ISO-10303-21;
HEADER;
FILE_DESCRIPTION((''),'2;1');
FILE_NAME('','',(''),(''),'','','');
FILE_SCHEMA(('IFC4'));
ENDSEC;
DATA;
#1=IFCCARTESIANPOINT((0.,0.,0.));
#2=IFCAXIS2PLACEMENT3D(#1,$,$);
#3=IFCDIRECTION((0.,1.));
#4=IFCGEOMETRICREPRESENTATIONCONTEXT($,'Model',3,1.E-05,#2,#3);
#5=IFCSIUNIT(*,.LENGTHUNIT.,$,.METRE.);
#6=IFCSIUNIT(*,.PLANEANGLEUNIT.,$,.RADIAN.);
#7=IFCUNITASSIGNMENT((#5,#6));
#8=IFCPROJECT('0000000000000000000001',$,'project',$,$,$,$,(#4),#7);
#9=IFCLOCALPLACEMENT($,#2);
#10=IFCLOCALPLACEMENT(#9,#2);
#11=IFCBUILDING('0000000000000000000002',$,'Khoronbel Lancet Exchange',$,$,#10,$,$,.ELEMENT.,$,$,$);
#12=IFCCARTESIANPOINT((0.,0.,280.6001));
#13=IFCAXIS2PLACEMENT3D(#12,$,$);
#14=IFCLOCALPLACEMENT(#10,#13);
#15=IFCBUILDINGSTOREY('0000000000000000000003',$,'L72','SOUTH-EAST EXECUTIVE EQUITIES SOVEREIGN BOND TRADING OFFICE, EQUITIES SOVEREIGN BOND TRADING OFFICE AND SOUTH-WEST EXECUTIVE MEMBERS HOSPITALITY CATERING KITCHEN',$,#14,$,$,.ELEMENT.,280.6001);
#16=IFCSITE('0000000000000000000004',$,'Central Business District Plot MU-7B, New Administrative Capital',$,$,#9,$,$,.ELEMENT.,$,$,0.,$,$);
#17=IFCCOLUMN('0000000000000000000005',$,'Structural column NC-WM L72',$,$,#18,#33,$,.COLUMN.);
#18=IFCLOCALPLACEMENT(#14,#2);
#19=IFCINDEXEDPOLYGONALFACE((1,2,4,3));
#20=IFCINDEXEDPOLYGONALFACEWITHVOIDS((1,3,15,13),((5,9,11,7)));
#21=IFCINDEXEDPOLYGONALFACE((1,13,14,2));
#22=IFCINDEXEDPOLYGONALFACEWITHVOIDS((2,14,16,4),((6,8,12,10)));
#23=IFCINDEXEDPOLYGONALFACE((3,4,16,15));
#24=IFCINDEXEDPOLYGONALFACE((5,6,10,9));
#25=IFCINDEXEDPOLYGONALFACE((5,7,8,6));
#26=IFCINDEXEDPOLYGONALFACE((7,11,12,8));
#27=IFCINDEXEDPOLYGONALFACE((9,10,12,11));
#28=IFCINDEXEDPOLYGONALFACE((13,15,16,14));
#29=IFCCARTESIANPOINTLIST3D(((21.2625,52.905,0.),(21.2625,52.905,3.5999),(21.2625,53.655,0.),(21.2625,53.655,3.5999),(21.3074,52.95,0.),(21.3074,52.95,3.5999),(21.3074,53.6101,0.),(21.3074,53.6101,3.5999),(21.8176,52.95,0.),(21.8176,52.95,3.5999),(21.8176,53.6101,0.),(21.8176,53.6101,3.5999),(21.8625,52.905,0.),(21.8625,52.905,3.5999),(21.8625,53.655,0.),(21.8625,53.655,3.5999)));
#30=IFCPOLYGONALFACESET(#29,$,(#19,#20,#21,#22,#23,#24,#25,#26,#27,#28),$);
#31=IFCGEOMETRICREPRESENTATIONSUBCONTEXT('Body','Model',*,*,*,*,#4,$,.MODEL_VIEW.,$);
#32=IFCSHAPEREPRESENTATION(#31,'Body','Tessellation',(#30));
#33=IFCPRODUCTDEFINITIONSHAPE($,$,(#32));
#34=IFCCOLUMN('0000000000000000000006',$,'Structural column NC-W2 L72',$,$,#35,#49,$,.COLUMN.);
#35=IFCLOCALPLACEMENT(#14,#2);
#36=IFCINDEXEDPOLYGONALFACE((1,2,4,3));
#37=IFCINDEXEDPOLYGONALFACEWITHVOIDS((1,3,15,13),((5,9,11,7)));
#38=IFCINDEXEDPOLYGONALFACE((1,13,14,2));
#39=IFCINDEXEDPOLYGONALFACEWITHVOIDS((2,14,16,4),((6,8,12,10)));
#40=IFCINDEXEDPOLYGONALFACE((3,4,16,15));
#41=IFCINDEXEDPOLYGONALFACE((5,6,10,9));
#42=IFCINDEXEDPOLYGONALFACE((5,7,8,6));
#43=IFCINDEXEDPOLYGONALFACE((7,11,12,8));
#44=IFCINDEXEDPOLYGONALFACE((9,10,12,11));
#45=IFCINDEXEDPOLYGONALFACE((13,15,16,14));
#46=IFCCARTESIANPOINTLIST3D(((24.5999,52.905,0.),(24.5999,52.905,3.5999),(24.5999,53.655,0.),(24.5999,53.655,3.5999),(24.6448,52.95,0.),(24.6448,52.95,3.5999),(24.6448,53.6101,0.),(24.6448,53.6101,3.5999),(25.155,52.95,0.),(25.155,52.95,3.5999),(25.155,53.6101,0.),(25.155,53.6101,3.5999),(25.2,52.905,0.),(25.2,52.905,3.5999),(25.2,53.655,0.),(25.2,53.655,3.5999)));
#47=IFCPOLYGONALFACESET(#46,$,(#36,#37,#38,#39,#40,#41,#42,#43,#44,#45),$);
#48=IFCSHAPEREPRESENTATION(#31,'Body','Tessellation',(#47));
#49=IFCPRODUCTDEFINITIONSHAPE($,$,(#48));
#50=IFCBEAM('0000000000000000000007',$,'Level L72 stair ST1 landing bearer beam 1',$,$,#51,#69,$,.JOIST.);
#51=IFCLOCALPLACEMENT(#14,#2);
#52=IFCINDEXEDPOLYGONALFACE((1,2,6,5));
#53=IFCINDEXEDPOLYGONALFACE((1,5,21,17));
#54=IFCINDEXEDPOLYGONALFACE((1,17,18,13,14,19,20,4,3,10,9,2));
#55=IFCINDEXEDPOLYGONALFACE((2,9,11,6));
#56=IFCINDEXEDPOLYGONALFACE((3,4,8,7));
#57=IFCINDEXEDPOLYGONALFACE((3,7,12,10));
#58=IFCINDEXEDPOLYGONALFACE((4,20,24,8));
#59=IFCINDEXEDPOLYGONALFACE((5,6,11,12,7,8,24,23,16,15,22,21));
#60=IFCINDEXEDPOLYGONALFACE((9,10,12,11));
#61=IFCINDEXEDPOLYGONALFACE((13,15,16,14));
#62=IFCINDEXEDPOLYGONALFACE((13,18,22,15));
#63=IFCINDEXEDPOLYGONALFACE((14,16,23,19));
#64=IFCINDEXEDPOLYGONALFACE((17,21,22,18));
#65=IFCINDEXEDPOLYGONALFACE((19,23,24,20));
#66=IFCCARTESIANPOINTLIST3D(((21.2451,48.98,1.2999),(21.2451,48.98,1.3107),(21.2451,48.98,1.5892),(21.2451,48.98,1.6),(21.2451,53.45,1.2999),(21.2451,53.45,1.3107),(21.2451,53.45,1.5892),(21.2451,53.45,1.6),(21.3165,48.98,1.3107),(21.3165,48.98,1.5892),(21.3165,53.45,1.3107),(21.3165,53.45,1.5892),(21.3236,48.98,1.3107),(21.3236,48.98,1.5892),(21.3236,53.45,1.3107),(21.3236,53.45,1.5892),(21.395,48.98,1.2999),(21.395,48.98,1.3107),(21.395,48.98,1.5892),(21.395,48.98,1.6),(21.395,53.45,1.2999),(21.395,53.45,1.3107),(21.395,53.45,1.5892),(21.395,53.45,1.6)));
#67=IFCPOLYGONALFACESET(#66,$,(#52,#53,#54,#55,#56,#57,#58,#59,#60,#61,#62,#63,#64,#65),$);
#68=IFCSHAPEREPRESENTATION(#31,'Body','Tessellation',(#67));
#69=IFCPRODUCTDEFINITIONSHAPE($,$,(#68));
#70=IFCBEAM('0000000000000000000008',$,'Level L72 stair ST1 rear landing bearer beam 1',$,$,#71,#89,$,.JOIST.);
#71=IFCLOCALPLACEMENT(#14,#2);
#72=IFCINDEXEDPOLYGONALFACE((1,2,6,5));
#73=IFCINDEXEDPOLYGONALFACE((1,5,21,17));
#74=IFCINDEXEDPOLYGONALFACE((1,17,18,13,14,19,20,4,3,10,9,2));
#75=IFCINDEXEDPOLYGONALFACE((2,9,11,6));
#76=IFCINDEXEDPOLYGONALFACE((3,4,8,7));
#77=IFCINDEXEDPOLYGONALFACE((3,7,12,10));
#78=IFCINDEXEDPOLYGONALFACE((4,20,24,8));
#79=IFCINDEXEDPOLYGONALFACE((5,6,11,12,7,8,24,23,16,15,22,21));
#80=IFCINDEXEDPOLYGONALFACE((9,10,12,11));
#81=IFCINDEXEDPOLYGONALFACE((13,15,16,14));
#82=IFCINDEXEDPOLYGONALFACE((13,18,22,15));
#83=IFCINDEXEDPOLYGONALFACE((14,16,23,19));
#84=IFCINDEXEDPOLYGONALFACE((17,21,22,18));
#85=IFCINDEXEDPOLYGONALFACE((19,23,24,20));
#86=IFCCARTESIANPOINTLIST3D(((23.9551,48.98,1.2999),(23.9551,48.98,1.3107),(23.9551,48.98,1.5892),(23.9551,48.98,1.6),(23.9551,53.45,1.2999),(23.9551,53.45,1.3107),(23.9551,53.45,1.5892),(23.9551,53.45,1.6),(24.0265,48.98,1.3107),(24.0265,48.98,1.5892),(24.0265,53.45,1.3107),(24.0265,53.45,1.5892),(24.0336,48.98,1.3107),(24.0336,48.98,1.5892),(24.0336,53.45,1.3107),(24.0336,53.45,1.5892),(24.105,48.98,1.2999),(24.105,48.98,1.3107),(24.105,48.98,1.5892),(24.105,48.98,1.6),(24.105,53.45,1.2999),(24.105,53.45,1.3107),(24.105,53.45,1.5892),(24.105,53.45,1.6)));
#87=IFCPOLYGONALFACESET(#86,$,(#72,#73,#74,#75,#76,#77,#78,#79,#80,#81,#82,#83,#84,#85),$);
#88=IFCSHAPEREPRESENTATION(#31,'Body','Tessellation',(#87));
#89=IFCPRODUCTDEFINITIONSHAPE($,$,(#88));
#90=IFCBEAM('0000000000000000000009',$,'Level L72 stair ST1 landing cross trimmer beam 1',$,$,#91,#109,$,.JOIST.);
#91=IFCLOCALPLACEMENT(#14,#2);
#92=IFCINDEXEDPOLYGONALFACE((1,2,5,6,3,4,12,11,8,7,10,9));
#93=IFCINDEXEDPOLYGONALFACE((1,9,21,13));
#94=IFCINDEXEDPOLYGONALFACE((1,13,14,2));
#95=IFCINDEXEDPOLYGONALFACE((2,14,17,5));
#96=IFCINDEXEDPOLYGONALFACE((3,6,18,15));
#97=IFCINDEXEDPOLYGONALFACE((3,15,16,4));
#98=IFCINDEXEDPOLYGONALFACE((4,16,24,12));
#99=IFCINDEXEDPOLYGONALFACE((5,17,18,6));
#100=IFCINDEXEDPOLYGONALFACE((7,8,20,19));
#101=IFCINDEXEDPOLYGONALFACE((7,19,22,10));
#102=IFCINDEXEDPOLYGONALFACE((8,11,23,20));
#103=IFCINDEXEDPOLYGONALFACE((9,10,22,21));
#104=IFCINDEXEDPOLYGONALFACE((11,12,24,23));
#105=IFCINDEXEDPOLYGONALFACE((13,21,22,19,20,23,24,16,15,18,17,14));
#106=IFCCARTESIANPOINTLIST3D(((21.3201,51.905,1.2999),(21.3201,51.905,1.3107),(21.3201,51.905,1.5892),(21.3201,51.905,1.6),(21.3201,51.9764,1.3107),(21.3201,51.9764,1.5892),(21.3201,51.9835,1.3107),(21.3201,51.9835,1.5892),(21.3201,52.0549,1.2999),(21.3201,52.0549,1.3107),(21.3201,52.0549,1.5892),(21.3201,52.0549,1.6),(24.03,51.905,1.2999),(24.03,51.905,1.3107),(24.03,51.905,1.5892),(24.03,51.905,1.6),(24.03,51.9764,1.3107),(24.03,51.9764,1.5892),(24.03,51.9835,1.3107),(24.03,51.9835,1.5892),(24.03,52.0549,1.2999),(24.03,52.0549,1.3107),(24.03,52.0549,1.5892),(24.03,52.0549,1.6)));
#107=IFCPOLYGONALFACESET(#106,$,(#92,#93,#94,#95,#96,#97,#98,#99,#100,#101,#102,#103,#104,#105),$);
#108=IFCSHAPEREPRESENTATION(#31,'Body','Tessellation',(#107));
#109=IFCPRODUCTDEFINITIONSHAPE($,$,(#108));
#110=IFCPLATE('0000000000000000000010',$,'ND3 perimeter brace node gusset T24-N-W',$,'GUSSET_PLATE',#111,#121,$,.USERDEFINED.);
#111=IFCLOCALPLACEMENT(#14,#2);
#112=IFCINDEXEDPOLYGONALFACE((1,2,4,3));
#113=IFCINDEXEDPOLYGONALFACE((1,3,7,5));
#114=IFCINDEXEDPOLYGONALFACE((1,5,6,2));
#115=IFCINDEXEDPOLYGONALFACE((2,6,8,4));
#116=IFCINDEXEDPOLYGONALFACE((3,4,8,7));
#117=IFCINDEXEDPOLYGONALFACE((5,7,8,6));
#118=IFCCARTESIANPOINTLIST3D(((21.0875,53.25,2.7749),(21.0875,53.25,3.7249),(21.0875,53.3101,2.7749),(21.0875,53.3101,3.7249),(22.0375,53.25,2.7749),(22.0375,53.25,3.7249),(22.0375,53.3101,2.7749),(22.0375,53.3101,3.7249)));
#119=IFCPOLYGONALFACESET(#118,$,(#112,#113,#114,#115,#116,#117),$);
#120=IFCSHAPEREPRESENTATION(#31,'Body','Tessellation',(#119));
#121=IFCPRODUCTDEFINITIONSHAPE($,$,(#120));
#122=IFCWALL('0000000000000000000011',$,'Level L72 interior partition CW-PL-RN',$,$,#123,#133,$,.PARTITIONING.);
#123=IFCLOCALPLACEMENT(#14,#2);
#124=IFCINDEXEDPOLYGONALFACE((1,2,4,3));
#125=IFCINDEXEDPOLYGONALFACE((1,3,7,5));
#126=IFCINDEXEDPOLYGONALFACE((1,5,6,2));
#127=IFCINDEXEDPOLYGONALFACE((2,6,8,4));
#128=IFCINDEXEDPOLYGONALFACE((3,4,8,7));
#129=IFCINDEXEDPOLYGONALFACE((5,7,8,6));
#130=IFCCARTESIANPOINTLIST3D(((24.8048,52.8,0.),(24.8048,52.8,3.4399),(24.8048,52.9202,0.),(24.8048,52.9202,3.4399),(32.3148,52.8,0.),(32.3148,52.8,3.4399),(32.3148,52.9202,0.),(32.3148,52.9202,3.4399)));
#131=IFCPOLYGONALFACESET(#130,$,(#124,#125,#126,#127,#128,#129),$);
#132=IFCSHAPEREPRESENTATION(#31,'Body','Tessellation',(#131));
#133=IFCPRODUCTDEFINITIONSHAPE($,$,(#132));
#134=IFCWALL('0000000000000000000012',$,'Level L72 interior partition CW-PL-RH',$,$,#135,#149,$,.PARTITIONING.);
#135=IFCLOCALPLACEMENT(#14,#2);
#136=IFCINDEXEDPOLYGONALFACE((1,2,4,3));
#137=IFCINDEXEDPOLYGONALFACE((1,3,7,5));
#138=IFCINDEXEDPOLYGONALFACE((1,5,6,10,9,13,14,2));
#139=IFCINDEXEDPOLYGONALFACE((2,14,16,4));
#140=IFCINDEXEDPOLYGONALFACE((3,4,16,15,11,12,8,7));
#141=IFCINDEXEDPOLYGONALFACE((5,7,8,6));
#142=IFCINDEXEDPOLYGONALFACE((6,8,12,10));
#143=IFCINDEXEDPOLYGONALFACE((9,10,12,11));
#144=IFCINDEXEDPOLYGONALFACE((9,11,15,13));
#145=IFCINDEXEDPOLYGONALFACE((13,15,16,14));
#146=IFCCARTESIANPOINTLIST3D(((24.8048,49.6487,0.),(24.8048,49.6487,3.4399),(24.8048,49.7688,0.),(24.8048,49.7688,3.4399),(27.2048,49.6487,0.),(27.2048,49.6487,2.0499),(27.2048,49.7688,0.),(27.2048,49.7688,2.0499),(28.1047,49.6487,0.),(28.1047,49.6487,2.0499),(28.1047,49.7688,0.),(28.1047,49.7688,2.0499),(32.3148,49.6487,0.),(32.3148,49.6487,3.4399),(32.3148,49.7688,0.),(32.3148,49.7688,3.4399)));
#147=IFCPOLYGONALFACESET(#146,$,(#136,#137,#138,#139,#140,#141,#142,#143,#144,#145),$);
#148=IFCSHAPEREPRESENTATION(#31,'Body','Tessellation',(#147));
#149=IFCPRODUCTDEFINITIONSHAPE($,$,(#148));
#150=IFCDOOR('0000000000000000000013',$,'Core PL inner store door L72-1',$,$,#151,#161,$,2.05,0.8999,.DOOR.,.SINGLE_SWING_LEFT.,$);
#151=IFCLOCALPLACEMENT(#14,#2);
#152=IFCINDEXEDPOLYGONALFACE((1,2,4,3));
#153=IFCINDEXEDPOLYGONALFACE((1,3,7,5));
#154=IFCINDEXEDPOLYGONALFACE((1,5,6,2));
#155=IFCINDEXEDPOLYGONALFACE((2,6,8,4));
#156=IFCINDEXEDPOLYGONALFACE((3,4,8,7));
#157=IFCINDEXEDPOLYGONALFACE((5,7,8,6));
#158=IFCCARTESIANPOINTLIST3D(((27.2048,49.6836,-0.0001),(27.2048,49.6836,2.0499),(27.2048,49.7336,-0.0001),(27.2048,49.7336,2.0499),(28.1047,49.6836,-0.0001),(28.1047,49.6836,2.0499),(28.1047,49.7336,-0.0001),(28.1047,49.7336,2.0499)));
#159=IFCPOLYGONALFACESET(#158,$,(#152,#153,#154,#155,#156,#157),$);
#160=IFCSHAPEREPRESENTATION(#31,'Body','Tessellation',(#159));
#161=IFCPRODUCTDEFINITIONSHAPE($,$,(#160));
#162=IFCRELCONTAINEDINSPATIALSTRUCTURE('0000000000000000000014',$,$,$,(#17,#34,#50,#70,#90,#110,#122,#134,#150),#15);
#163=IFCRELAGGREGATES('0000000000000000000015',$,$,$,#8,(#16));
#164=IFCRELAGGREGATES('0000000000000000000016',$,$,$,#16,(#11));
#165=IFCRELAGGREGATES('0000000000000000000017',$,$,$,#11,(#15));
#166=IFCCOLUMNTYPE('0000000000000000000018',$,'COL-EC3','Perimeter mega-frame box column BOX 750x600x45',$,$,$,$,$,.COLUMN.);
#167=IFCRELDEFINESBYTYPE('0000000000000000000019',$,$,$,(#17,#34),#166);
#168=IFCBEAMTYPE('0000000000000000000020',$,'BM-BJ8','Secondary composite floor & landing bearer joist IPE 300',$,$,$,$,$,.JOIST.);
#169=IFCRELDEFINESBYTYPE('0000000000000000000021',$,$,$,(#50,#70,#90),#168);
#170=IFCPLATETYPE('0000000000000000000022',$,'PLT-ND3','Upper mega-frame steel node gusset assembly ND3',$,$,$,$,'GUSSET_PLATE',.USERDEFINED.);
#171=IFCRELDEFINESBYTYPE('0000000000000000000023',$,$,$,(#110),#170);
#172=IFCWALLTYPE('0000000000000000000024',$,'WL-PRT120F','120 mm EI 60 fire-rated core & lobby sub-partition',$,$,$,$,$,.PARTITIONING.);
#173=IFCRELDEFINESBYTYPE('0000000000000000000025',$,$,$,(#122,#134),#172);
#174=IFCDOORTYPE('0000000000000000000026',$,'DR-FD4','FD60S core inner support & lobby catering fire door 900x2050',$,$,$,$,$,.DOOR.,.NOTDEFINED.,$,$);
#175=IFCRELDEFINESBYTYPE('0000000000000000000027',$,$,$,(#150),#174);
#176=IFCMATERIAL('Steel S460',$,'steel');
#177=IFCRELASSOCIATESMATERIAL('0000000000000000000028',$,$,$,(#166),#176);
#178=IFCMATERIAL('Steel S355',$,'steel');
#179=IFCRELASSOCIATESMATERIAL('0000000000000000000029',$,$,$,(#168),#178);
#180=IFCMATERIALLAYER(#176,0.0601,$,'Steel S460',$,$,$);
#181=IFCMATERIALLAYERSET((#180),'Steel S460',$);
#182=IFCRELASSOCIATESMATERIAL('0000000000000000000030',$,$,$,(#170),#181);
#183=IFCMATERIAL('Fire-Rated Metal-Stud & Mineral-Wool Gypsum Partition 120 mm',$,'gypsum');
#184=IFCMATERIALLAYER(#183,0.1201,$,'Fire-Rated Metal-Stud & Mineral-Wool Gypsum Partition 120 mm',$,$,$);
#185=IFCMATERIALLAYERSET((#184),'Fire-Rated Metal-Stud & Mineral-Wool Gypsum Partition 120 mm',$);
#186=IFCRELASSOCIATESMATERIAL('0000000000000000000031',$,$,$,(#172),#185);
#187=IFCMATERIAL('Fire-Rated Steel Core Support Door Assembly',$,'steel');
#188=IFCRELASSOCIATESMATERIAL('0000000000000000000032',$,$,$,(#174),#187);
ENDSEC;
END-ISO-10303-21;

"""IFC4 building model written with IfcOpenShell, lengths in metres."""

from ifc_helpers import new_model, si_unit, direction, frame, frame_2d, origin, origin_2d, place, context, subcontext, project, spatial, rectangle, hollow_rectangle, i_section, extrude, material, layer, layer_set, material_profile, profile_set, type_object, element, fill, save


model = new_model("IFC4")

# Units and contexts
model_context = context("Model", 3, precision=1e-05, world=origin(), true_north=direction((0.0, 1.0)))
body_context = subcontext(model_context, "Body", "Model", "MODEL_VIEW")
ifc_project = project(units=[si_unit("LENGTHUNIT", "METRE"), si_unit("PLANEANGLEUNIT", "RADIAN")], contexts=[model_context])

# Site, building, storey
site_placement = place(None, origin())
site = spatial("IfcSite", under=ifc_project, at=site_placement, Name="Central Business District Plot MU-7B, New Administrative Capital", CompositionType="ELEMENT", RefElevation=0.0)
building_placement = place(site_placement, origin())
building = spatial("IfcBuilding", under=site, at=building_placement, Name="Khoronbel Lancet Exchange", CompositionType="ELEMENT")
storey_placement = place(building_placement, frame((0.0, 0.0, 280.6001)))
storey = spatial("IfcBuildingStorey", under=building, at=storey_placement, Name="L72", Description="SOUTH-EAST EXECUTIVE EQUITIES SOVEREIGN BOND TRADING OFFICE, EQUITIES SOVEREIGN BOND TRADING OFFICE AND SOUTH-WEST EXECUTIVE MEMBERS HOSPITALITY CATERING KITCHEN", CompositionType="ELEMENT", Elevation=280.6001)

# Columns
ifc_material_1 = material(Name="Steel S460", Category="steel")
ifc_material_profile_1 = material_profile(ifc_material_1, hollow_rectangle(XDim=0.6001, YDim=0.75, WallThickness=0.0449, at=origin_2d()), Name="BOX 750x600x45")
ifc_profile_set_1 = profile_set([ifc_material_profile_1], Name="Steel S460")
column_type = type_object("IfcColumnType", Name="COL-EC3", Description="Perimeter mega-frame box column BOX 750x600x45", PredefinedType="COLUMN", material=ifc_profile_set_1)
for number, where, z_axis, x_axis, name in (
    (1, (21.5625, 53.28, 0.0), (0.0, 0.0, 1.0), (1.0, 0.0, 0.0), "Structural column NC-WM L72"),
    (2, (24.8999, 53.28, 0.0), (0.0, 0.0, 1.0), (1.0, 0.0, 0.0), "Structural column NC-W2 L72"),
):
    element("IfcColumn", number, at=place(storey_placement, frame(where, z_axis=z_axis, x_axis=x_axis)), inside=storey, type_object=column_type, Name=name, PredefinedType="COLUMN", context=body_context, shape_type="SweptSolid", body=[
        extrude(hollow_rectangle(XDim=0.6001, YDim=0.75, WallThickness=0.0449, at=origin_2d()), origin(), (0.0, 0.0, 1.0), 3.5999),
    ])

# Beams
ifc_material_2 = material(Name="Steel S355", Category="steel")
ifc_material_profile_2 = material_profile(ifc_material_2, i_section(OverallWidth=0.1499, OverallDepth=0.3, WebThickness=0.0071, FlangeThickness=0.0107, at=origin_2d()), Name="IPE 300")
ifc_profile_set_2 = profile_set([ifc_material_profile_2], Name="Steel S355")
beam_type = type_object("IfcBeamType", Name="BM-BJ8", Description="Secondary composite floor & landing bearer joist IPE 300", PredefinedType="JOIST", material=ifc_profile_set_2)
for number, where, z_axis, x_axis, name in (
    (3, (21.3201, 48.98, 1.45), (0.0, 1.0, 0.0), (-1.0, 0.0, 0.0), "Level L72 stair ST1 landing bearer beam 1"),
    (4, (24.03, 48.98, 1.45), (0.0, 1.0, 0.0), (-1.0, 0.0, 0.0), "Level L72 stair ST1 rear landing bearer beam 1"),
):
    element("IfcBeam", number, at=place(storey_placement, frame(where, z_axis=z_axis, x_axis=x_axis)), inside=storey, type_object=beam_type, Name=name, PredefinedType="JOIST", context=body_context, shape_type="SweptSolid", body=[
        extrude(i_section(OverallWidth=0.1499, OverallDepth=0.3, WebThickness=0.0071, FlangeThickness=0.0107, at=origin_2d()), origin(), (0.0, 0.0, 1.0), 4.47),
    ])
beam_placement = place(storey_placement, frame((21.3201, 51.98, 1.45), z_axis=(1.0, 0.0, 0.0), x_axis=(0.0, 1.0, 0.0)))
element("IfcBeam", 5, at=beam_placement, inside=storey, type_object=beam_type, Name="Level L72 stair ST1 landing cross trimmer beam 1", PredefinedType="JOIST", context=body_context, shape_type="SweptSolid", body=[
    extrude(i_section(OverallWidth=0.1499, OverallDepth=0.3, WebThickness=0.0071, FlangeThickness=0.0107, at=origin_2d()), origin(), (0.0, 0.0, 1.0), 2.71),
])

# Plate
ifc_layer_1 = layer(ifc_material_1, 0.0601, Name="Steel S460")
ifc_layer_set_1 = layer_set([ifc_layer_1], Name="Steel S460")
plate_type = type_object("IfcPlateType", Name="PLT-ND3", Description="Upper mega-frame steel node gusset assembly ND3", ElementType="GUSSET_PLATE", PredefinedType="USERDEFINED", material=ifc_layer_set_1)
plate_placement = place(storey_placement, frame((21.5625, 53.28, 2.7749), z_axis=(0.0, 0.0, 1.0), x_axis=(1.0, 0.0, 0.0)))
element("IfcPlate", 6, at=plate_placement, inside=storey, type_object=plate_type, Name="ND3 perimeter brace node gusset T24-N-W", ObjectType="GUSSET_PLATE", PredefinedType="USERDEFINED", context=body_context, shape_type="SweptSolid", body=[
    extrude(rectangle(XDim=0.95, YDim=0.0601, at=origin_2d()), origin(), (0.0, 0.0, 1.0), 0.95),
])

# Wall
ifc_material_3 = material(Name="Fire-Rated Metal-Stud & Mineral-Wool Gypsum Partition 120 mm", Category="gypsum")
ifc_layer_2 = layer(ifc_material_3, 0.1201, Name="Fire-Rated Metal-Stud & Mineral-Wool Gypsum Partition 120 mm")
ifc_layer_set_2 = layer_set([ifc_layer_2], Name="Fire-Rated Metal-Stud & Mineral-Wool Gypsum Partition 120 mm")
wall_type_1 = type_object("IfcWallType", Name="WL-PRT120F", Description="120 mm EI 60 fire-rated core & lobby sub-partition", PredefinedType="PARTITIONING", material=ifc_layer_set_2)
wall_1_placement = place(storey_placement, frame((24.8049, 52.8601, 0.0), z_axis=(0.0, 0.0, 1.0), x_axis=(1.0, 0.0, 0.0)))
element("IfcWall", 7, at=wall_1_placement, inside=storey, type_object=wall_type_1, Name="Level L72 interior partition CW-PL-RN", PredefinedType="PARTITIONING", context=body_context, shape_type="SweptSolid", body=[
    extrude(rectangle(XDim=7.51, YDim=0.1201, at=frame_2d((3.7549, 0.0))), origin(), (0.0, 0.0, 1.0), 3.4399),
])

# Wall, opening, door
wall_2_placement = place(storey_placement, frame((24.8049, 49.7087, 0.0), z_axis=(0.0, 0.0, 1.0), x_axis=(1.0, 0.0, 0.0)))
wall_2 = element("IfcWall", 8, at=wall_2_placement, inside=storey, type_object=wall_type_1, Name="Level L72 interior partition CW-PL-RH", PredefinedType="PARTITIONING", context=body_context, shape_type="SweptSolid", body=[
    extrude(rectangle(XDim=7.51, YDim=0.1201, at=frame_2d((3.7549, 0.0))), origin(), (0.0, 0.0, 1.0), 3.4399),
])
opening_1_placement = place(wall_2_placement, frame((2.3999, 0.0, 0.0)))
opening_1 = element("IfcOpeningElement", 9, at=opening_1_placement, cuts=wall_2, PredefinedType="OPENING", context=body_context, shape_type="SweptSolid", body=[
    extrude(rectangle(XDim=0.8999, YDim=2.05, at=frame_2d((0.45, 1.0249))), frame((0.0, 0.0701, 0.0), z_axis=(0.0, -1.0, 0.0), x_axis=(1.0, 0.0, 0.0)), (0.0, 0.0, 1.0), 0.1401),
])
ifc_material_4 = material(Name="Fire-Rated Steel Core Support Door Assembly", Category="steel")
door_type_1 = type_object("IfcDoorType", Name="DR-FD4", Description="FD60S core inner support & lobby catering fire door 900x2050", OperationType="NOTDEFINED", PredefinedType="DOOR", material=ifc_material_4)
door_1_placement = place(opening_1_placement, origin())
door_1 = element("IfcDoor", 10, at=door_1_placement, inside=storey, type_object=door_type_1, Name="Core PL inner store door L72-1", OperationType="SINGLE_SWING_LEFT", OverallHeight=2.05, OverallWidth=0.8999, PredefinedType="DOOR", context=body_context, shape_type="SweptSolid", body=[
    extrude(rectangle(XDim=0.8999, YDim=2.05, at=frame_2d((0.45, 1.0249))), frame((0.0, 0.0249, 0.0), z_axis=(0.0, -1.0, 0.0), x_axis=(1.0, 0.0, 0.0)), (0.0, 0.0, 1.0), 0.05),
])
fill(opening_1, door_1)

save(model, "model.ifc")
